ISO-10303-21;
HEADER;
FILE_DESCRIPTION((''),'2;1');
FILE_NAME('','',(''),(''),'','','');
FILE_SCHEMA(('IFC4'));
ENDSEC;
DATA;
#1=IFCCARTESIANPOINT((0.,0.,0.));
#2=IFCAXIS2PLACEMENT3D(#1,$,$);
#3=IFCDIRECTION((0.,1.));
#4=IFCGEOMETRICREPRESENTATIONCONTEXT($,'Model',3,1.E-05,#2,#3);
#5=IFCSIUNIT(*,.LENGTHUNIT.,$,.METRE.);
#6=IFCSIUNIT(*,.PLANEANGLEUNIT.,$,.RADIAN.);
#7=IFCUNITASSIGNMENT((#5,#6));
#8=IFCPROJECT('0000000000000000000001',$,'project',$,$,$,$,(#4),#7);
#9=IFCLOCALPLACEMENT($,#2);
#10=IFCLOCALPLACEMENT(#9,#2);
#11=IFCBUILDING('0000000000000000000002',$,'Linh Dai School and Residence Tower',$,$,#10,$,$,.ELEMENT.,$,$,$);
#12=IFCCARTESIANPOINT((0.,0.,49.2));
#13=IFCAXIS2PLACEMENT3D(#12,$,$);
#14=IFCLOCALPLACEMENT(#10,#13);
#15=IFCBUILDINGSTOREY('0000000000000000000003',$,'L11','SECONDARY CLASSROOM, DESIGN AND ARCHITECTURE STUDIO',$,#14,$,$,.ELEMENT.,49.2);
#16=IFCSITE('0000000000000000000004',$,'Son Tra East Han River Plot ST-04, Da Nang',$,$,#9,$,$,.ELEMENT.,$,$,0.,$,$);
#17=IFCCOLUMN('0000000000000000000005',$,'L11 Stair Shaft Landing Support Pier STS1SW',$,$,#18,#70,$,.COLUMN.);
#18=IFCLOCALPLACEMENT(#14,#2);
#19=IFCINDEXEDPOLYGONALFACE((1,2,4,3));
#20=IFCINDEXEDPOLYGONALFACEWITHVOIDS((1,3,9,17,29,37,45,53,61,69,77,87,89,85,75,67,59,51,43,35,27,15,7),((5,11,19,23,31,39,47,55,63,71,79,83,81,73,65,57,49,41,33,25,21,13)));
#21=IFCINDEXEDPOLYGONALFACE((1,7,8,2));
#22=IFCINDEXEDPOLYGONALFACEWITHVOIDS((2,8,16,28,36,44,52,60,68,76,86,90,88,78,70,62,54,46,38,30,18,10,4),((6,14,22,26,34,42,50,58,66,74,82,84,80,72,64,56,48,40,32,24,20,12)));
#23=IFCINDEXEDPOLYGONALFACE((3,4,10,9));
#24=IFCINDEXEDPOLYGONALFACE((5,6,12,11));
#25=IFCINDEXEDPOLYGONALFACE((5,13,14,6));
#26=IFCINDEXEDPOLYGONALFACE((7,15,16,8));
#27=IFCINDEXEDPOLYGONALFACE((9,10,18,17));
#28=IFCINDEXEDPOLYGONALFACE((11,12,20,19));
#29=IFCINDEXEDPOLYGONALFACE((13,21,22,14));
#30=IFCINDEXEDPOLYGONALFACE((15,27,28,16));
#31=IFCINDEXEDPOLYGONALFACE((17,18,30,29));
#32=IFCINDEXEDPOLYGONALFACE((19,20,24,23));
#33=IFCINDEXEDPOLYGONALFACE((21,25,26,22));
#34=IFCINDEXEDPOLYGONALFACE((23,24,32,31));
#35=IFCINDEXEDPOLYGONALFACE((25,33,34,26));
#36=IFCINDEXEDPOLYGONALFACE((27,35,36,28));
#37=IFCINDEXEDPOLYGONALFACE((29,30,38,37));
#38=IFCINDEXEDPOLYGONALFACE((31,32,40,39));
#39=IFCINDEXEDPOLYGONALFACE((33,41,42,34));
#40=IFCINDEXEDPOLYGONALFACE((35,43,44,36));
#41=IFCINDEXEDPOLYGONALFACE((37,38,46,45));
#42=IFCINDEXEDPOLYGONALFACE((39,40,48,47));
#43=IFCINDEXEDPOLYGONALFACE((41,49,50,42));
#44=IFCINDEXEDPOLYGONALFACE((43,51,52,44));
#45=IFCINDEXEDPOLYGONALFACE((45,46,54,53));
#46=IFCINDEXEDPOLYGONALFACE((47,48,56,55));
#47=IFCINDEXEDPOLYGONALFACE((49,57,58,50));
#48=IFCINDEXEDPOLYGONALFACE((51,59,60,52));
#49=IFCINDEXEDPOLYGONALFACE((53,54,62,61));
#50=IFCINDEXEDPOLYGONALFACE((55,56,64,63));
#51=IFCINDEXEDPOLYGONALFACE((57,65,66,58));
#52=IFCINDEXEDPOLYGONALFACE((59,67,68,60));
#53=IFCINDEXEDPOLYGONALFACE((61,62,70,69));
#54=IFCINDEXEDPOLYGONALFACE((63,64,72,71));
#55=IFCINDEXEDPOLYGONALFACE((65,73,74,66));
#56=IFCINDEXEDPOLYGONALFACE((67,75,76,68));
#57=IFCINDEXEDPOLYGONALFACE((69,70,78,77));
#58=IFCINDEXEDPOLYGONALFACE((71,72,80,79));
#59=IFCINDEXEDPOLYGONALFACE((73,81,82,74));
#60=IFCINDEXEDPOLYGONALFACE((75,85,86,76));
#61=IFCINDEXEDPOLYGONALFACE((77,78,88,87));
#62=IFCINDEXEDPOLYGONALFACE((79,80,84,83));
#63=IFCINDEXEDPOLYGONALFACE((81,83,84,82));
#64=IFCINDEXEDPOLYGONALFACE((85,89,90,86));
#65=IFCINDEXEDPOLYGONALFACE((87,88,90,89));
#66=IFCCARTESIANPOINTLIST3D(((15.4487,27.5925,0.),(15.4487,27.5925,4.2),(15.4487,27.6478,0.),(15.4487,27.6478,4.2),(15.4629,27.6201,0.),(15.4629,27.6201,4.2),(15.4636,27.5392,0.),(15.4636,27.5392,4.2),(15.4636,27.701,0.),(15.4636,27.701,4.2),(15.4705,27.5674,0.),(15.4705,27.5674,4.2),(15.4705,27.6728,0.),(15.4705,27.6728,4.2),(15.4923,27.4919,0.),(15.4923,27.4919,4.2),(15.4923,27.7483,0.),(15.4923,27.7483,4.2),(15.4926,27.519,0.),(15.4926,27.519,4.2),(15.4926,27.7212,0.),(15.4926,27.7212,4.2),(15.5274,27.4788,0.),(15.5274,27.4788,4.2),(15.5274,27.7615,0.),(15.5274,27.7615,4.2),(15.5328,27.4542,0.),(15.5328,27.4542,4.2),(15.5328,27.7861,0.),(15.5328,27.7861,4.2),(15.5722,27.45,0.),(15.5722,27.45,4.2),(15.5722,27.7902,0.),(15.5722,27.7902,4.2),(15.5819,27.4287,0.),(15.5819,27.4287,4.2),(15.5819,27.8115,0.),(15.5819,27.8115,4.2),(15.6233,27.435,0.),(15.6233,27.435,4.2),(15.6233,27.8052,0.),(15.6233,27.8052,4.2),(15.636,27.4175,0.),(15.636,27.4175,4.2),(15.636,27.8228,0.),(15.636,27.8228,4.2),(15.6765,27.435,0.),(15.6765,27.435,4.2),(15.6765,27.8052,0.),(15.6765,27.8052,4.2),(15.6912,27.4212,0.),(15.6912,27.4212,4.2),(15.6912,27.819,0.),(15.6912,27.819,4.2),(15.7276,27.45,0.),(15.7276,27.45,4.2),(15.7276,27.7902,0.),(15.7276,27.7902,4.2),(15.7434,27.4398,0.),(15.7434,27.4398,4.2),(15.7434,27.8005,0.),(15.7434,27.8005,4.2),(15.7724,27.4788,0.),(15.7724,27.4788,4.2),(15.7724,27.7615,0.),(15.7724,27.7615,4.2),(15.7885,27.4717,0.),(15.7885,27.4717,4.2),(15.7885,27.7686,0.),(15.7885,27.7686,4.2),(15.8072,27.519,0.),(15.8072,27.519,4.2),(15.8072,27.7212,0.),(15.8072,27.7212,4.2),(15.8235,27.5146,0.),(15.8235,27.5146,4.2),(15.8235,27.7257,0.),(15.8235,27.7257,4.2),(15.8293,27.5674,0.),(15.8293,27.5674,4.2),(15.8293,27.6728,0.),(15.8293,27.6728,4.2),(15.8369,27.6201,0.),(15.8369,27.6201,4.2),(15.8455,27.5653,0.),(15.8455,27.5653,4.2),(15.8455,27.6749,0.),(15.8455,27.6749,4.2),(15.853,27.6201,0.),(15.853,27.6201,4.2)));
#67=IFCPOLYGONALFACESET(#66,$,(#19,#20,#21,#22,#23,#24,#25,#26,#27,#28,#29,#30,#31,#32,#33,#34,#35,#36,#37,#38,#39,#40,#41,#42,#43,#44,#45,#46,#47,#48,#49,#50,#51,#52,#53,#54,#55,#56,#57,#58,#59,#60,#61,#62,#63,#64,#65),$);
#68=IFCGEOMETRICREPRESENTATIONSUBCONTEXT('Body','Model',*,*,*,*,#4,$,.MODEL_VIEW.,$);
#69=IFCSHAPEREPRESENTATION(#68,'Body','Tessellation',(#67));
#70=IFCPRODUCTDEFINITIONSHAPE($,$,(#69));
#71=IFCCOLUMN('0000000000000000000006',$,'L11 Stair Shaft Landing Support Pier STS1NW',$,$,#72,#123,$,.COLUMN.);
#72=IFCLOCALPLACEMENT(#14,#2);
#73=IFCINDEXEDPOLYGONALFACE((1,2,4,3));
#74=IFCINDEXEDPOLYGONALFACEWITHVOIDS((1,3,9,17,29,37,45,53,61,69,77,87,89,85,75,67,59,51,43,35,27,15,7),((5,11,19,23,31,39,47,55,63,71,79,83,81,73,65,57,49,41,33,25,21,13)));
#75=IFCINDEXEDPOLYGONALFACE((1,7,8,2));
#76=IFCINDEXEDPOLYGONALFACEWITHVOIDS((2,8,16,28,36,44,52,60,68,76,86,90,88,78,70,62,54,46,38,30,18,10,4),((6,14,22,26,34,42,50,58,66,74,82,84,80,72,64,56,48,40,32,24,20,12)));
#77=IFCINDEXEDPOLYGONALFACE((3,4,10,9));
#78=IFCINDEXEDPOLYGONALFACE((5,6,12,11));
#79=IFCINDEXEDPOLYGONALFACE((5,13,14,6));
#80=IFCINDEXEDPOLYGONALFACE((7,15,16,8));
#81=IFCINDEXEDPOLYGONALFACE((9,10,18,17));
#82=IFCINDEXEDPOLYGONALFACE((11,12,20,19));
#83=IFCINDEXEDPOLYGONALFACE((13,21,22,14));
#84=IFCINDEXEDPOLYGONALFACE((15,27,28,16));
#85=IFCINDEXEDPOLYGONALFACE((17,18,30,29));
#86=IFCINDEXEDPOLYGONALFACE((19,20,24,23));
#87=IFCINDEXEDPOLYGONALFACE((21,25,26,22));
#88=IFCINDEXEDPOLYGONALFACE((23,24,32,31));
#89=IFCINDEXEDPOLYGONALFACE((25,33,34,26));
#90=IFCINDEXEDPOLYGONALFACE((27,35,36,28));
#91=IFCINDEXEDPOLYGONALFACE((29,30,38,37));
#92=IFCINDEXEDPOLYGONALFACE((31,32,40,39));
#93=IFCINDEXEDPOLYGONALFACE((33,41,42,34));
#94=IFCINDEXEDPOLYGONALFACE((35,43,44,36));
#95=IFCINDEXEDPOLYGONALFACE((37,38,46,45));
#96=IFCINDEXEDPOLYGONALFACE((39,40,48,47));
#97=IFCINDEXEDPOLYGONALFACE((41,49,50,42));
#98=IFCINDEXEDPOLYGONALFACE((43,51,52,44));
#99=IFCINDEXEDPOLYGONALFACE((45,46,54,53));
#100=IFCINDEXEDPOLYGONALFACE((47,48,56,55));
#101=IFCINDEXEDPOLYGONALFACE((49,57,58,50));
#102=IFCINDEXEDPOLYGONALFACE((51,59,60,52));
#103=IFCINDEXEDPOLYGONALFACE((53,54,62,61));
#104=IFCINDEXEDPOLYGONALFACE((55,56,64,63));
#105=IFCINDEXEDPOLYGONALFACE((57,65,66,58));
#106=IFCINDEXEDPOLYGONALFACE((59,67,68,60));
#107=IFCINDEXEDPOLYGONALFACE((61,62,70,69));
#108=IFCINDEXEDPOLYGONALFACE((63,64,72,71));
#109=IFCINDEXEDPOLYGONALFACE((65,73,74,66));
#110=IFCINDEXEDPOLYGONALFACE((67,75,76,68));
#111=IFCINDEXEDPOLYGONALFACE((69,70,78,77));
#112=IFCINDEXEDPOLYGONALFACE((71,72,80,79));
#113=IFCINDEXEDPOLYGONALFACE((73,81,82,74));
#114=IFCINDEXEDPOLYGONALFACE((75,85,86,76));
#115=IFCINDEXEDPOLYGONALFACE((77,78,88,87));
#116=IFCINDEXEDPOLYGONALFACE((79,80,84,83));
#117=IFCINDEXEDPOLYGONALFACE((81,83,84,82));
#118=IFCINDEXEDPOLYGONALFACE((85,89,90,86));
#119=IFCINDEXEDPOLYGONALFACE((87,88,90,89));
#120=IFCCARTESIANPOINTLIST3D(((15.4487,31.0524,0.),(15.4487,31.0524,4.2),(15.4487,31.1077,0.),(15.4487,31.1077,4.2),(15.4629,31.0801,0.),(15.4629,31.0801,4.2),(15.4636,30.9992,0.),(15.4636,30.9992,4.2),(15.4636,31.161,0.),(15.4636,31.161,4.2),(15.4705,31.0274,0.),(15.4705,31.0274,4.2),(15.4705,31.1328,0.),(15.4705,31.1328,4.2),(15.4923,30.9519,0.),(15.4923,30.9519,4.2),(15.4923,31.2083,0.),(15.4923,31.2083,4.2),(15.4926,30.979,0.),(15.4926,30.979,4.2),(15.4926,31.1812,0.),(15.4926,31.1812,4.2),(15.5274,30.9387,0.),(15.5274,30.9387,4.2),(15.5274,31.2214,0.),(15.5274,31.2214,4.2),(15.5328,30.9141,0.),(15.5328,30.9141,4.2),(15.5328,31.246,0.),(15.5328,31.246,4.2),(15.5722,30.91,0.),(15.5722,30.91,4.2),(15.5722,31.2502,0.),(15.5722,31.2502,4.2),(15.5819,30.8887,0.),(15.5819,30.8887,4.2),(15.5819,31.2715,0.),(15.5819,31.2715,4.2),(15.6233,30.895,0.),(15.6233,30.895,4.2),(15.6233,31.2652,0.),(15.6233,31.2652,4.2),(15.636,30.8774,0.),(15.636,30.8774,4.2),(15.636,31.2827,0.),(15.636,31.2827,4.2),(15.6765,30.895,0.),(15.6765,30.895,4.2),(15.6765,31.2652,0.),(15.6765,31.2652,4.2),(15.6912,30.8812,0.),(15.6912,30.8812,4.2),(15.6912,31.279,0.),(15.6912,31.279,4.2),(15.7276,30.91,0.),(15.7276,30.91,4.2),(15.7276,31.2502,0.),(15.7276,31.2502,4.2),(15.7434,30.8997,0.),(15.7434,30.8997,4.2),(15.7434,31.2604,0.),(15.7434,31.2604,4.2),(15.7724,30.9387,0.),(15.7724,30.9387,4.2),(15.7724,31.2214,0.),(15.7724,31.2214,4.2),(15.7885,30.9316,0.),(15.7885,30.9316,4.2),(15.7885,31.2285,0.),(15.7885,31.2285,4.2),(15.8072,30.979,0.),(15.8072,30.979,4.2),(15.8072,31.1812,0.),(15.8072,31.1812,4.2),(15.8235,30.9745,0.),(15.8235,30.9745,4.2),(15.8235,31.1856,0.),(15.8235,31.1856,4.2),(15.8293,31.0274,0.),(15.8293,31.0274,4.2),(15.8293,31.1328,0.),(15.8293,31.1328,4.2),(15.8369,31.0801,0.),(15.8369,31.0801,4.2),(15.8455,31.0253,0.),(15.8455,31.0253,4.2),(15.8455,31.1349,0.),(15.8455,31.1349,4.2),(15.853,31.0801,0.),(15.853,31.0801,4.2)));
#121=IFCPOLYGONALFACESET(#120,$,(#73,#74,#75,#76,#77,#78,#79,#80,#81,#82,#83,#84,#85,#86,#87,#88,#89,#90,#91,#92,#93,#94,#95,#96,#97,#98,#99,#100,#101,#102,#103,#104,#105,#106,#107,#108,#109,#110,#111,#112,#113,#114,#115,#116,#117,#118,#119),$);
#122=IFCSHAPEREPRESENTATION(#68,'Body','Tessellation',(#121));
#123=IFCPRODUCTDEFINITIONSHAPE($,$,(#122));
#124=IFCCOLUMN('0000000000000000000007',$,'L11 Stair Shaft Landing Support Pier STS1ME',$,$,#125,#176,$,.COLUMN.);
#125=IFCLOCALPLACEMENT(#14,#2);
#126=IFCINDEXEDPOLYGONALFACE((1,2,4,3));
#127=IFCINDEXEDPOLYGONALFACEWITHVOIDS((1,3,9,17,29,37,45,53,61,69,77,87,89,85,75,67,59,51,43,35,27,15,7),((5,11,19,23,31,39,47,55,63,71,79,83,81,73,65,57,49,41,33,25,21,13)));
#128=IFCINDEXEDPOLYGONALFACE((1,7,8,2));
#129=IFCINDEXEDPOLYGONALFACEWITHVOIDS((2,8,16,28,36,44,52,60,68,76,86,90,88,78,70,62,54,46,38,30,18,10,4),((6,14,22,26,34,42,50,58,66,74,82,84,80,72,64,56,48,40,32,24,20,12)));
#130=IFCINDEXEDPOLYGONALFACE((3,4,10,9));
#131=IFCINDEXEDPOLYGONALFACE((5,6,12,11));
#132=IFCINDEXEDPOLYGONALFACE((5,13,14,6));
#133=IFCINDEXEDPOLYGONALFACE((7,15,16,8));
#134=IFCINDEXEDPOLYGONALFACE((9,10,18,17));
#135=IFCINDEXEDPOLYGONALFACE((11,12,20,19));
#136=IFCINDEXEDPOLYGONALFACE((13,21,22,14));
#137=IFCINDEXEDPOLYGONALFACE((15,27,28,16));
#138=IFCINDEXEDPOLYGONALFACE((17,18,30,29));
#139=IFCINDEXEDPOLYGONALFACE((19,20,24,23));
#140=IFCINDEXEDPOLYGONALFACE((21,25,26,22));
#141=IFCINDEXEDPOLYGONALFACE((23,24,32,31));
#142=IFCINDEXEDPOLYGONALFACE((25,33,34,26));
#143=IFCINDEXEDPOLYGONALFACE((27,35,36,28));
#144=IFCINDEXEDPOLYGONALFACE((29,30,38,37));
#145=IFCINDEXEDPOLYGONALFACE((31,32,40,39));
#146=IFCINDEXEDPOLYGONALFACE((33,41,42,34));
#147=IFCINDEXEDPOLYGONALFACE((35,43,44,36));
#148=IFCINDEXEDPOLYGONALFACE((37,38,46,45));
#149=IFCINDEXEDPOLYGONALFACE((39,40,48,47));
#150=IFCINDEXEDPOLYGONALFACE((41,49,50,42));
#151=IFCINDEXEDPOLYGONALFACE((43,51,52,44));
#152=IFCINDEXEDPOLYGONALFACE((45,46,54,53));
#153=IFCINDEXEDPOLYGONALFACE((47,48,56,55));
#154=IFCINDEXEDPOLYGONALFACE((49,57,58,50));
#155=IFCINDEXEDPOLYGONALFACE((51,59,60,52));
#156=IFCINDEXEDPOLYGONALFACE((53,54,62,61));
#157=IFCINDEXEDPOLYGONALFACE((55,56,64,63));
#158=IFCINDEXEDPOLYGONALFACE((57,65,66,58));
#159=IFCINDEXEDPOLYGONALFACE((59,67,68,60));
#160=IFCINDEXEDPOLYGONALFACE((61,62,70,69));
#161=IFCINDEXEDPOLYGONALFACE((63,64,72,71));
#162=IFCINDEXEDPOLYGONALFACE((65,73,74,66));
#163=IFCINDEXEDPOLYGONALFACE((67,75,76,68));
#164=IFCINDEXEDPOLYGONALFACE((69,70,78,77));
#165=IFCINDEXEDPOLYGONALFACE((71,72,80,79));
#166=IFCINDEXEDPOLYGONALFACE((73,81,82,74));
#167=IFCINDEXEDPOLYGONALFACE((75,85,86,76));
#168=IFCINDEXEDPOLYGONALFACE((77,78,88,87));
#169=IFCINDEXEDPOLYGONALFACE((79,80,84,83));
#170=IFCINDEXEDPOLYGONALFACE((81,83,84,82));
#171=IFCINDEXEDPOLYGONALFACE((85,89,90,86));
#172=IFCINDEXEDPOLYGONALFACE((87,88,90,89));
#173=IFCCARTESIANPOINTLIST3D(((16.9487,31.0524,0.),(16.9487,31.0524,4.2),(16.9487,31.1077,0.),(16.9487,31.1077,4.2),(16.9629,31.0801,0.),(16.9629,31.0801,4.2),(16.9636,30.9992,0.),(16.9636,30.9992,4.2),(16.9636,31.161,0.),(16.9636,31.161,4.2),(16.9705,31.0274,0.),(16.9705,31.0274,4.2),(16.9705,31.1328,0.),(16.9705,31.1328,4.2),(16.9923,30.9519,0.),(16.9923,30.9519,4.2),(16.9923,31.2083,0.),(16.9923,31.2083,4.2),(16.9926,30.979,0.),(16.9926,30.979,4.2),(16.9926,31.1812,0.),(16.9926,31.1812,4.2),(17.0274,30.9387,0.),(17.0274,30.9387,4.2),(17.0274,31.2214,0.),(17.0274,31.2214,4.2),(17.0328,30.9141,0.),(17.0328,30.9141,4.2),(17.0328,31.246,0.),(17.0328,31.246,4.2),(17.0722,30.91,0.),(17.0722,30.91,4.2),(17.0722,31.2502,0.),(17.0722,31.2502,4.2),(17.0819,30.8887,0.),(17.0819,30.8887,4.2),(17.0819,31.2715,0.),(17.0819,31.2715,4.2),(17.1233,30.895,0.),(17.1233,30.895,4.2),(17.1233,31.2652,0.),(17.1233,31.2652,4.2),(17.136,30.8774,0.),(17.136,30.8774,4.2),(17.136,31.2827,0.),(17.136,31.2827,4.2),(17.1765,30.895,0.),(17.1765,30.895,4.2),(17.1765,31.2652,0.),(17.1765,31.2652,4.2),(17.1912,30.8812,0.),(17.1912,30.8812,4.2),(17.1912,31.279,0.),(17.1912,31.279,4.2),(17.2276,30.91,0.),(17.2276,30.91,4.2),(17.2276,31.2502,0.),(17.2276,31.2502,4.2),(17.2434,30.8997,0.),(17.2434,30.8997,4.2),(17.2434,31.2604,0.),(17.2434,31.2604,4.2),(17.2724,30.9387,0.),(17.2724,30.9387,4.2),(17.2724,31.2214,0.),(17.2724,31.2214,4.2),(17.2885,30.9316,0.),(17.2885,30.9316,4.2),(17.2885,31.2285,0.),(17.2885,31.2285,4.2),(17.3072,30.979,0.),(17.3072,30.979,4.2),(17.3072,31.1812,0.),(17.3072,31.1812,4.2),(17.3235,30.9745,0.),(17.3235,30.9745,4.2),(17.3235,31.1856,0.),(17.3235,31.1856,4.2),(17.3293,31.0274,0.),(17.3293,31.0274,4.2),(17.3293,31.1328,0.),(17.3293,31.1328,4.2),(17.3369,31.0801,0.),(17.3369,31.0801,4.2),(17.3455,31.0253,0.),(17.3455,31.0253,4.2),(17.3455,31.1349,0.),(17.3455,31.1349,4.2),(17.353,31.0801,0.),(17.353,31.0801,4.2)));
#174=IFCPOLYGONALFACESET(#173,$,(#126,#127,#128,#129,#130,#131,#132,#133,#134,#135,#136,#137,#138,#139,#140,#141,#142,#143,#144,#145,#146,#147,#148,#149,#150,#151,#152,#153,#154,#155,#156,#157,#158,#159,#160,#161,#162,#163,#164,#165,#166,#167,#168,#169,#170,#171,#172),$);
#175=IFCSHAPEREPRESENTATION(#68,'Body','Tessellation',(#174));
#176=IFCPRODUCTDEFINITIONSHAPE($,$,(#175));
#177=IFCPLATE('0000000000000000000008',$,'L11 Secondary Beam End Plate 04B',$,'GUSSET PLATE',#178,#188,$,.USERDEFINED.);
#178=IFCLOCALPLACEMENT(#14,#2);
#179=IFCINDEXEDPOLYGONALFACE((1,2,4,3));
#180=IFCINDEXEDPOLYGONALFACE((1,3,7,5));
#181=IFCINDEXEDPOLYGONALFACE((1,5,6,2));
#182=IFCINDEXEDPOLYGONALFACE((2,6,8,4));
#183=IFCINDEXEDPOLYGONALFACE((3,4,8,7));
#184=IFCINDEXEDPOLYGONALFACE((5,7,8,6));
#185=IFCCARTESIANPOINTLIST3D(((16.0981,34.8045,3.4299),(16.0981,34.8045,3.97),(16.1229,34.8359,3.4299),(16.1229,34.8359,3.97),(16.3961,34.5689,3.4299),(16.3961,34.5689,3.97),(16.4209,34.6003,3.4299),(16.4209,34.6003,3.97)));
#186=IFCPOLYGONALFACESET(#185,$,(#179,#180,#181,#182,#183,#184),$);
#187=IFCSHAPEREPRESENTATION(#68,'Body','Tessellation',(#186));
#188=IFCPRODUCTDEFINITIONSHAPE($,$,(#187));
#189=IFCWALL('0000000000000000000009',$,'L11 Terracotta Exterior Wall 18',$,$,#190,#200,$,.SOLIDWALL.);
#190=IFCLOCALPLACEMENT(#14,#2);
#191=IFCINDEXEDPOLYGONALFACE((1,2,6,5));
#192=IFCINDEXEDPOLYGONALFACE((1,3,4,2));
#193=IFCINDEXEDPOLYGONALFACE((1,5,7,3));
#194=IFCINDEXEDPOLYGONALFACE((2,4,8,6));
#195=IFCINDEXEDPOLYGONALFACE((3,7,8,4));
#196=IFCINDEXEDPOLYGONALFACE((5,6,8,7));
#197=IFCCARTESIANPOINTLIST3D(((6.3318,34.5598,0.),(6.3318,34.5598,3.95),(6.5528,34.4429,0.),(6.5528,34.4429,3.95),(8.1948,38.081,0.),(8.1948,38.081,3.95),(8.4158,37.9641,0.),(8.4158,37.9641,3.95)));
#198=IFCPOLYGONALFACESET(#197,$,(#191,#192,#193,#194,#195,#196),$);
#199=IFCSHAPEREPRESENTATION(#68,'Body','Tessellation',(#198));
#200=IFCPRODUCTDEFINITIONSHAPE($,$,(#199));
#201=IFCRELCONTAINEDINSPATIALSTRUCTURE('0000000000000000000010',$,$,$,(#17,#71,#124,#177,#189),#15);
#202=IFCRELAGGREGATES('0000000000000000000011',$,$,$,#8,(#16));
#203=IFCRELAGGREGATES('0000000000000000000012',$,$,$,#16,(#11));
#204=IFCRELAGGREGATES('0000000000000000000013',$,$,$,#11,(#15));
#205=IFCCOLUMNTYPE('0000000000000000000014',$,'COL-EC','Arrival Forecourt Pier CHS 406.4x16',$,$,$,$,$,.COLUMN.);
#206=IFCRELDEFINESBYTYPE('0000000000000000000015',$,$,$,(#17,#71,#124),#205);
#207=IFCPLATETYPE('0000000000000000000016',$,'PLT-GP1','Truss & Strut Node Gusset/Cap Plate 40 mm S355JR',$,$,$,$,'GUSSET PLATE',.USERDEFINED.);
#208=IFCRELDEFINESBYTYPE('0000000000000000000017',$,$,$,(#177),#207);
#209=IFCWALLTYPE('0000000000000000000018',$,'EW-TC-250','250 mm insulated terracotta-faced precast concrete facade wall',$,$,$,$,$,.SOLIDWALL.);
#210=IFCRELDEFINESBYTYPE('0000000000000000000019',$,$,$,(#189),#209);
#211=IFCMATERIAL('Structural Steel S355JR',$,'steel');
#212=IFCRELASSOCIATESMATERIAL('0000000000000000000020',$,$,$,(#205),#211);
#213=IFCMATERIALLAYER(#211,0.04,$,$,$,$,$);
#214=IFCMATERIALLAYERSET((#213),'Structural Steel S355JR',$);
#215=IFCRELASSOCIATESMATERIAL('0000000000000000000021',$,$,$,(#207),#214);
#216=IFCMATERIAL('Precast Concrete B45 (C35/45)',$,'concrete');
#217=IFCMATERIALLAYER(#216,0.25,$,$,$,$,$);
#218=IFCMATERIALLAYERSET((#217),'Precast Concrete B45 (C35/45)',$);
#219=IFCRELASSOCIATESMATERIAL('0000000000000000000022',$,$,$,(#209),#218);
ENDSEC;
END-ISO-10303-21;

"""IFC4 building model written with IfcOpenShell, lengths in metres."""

from ifc_helpers import new_model, si_unit, direction, frame, frame_2d, origin, origin_2d, place, context, subcontext, project, spatial, rectangle, hollow_circle, extrude, source, transform, mapped, material, layer, layer_set, material_profile, profile_set, type_object, element, save


model = new_model("IFC4")

# Units and contexts
model_context = context("Model", 3, precision=1e-05, world=origin(), true_north=direction((0.0, 1.0)))
body_context = subcontext(model_context, "Body", "Model", "MODEL_VIEW")
ifc_project = project(units=[si_unit("LENGTHUNIT", "METRE"), si_unit("PLANEANGLEUNIT", "RADIAN")], contexts=[model_context])

# Site, building, storey
site_placement = place(None, origin())
site = spatial("IfcSite", under=ifc_project, at=site_placement, Name="Son Tra East Han River Plot ST-04, Da Nang", CompositionType="ELEMENT", RefElevation=0.0)
building_placement = place(site_placement, origin())
building = spatial("IfcBuilding", under=site, at=building_placement, Name="Linh Dai School and Residence Tower", CompositionType="ELEMENT")
storey_placement = place(building_placement, frame((0.0, 0.0, 49.2)))
storey = spatial("IfcBuildingStorey", under=building, at=storey_placement, Name="L11", Description="SECONDARY CLASSROOM, DESIGN AND ARCHITECTURE STUDIO", CompositionType="ELEMENT", Elevation=49.2)

# Columns
ifc_material_1 = material(Name="Structural Steel S355JR", Category="steel")
ifc_material_profile = material_profile(ifc_material_1, hollow_circle(Radius=0.2031, WallThickness=0.0161, at=origin_2d()), Name="CHS 406.4x16")
ifc_profile_set = profile_set([ifc_material_profile], Name="Structural Steel S355JR")
column_type = type_object("IfcColumnType", Name="COL-EC", Description="Arrival Forecourt Pier CHS 406.4x16", PredefinedType="COLUMN", material=ifc_profile_set)
for number, where, z_axis, x_axis, name in (
    (1, (15.6499, 27.6201, 0.0), (0.0, 0.0, 1.0), (1.0, 0.0, 0.0), "L11 Stair Shaft Landing Support Pier STS1SW"),
    (2, (15.6499, 31.0801, 0.0), (0.0, 0.0, 1.0), (1.0, 0.0, 0.0), "L11 Stair Shaft Landing Support Pier STS1NW"),
    (3, (17.1499, 31.0801, 0.0), (0.0, 0.0, 1.0), (1.0, 0.0, 0.0), "L11 Stair Shaft Landing Support Pier STS1ME"),
):
    element("IfcColumn", number, at=place(storey_placement, frame(where, z_axis=z_axis, x_axis=x_axis)), inside=storey, type_object=column_type, Name=name, PredefinedType="COLUMN", context=body_context, shape_type="SweptSolid", body=[
        extrude(hollow_circle(Radius=0.2031, WallThickness=0.0161, at=origin_2d()), origin(), (0.0, 0.0, 1.0), 4.2),
    ])

# Plate
ifc_layer_1 = layer(ifc_material_1, 0.04)
ifc_layer_set_1 = layer_set([ifc_layer_1], Name="Structural Steel S355JR")
plate_type = type_object("IfcPlateType", Name="PLT-GP1", Description="Truss & Strut Node Gusset/Cap Plate 40 mm S355JR", ElementType="GUSSET PLATE", PredefinedType="USERDEFINED", material=ifc_layer_set_1)
shared_shape_1 = source(origin(), body_context, "Body", "SweptSolid", [
    extrude(rectangle(XDim=0.04, YDim=0.3799, at=origin_2d()), origin(), (0.0, 0.0, 1.0), 0.54),
])
plate_placement = place(storey_placement, frame((16.2595, 34.7024, 3.4299), z_axis=(0.0, 0.0, 1.0), x_axis=(-0.620178, -0.784461, 0.0)))
element("IfcPlate", 4, at=plate_placement, inside=storey, type_object=plate_type, Name="L11 Secondary Beam End Plate 04B", ObjectType="GUSSET PLATE", PredefinedType="USERDEFINED", context=body_context, shape_type="MappedRepresentation", body=[
    mapped(shared_shape_1, transform((0.0, 0.0, 0.0), x_axis=(1.0, 0.0, 0.0), y_axis=(0.0, 1.0, 0.0), z_axis=(0.0, 0.0, 1.0), scale=1.0)),
])

# Wall
ifc_material_2 = material(Name="Precast Concrete B45 (C35/45)", Category="concrete")
ifc_layer_2 = layer(ifc_material_2, 0.25)
ifc_layer_set_2 = layer_set([ifc_layer_2], Name="Precast Concrete B45 (C35/45)")
wall_type_1 = type_object("IfcWallType", Name="EW-TC-250", Description="250 mm insulated terracotta-faced precast concrete facade wall", PredefinedType="SOLIDWALL", material=ifc_layer_set_2)
wall_1_placement = place(storey_placement, frame((6.4424, 34.5015, 0.0), z_axis=(0.0, 0.0, 1.0), x_axis=(0.467662, 0.883907, 0.0)))
element("IfcWall", 5, at=wall_1_placement, inside=storey, type_object=wall_type_1, Name="L11 Terracotta Exterior Wall 18", PredefinedType="SOLIDWALL", context=body_context, shape_type="SweptSolid", body=[
    extrude(rectangle(XDim=3.9836, YDim=0.25, at=frame_2d((1.9917, 0.0))), origin(), (0.0, 0.0, 1.0), 3.95),
])

save(model, "model.ifc")
